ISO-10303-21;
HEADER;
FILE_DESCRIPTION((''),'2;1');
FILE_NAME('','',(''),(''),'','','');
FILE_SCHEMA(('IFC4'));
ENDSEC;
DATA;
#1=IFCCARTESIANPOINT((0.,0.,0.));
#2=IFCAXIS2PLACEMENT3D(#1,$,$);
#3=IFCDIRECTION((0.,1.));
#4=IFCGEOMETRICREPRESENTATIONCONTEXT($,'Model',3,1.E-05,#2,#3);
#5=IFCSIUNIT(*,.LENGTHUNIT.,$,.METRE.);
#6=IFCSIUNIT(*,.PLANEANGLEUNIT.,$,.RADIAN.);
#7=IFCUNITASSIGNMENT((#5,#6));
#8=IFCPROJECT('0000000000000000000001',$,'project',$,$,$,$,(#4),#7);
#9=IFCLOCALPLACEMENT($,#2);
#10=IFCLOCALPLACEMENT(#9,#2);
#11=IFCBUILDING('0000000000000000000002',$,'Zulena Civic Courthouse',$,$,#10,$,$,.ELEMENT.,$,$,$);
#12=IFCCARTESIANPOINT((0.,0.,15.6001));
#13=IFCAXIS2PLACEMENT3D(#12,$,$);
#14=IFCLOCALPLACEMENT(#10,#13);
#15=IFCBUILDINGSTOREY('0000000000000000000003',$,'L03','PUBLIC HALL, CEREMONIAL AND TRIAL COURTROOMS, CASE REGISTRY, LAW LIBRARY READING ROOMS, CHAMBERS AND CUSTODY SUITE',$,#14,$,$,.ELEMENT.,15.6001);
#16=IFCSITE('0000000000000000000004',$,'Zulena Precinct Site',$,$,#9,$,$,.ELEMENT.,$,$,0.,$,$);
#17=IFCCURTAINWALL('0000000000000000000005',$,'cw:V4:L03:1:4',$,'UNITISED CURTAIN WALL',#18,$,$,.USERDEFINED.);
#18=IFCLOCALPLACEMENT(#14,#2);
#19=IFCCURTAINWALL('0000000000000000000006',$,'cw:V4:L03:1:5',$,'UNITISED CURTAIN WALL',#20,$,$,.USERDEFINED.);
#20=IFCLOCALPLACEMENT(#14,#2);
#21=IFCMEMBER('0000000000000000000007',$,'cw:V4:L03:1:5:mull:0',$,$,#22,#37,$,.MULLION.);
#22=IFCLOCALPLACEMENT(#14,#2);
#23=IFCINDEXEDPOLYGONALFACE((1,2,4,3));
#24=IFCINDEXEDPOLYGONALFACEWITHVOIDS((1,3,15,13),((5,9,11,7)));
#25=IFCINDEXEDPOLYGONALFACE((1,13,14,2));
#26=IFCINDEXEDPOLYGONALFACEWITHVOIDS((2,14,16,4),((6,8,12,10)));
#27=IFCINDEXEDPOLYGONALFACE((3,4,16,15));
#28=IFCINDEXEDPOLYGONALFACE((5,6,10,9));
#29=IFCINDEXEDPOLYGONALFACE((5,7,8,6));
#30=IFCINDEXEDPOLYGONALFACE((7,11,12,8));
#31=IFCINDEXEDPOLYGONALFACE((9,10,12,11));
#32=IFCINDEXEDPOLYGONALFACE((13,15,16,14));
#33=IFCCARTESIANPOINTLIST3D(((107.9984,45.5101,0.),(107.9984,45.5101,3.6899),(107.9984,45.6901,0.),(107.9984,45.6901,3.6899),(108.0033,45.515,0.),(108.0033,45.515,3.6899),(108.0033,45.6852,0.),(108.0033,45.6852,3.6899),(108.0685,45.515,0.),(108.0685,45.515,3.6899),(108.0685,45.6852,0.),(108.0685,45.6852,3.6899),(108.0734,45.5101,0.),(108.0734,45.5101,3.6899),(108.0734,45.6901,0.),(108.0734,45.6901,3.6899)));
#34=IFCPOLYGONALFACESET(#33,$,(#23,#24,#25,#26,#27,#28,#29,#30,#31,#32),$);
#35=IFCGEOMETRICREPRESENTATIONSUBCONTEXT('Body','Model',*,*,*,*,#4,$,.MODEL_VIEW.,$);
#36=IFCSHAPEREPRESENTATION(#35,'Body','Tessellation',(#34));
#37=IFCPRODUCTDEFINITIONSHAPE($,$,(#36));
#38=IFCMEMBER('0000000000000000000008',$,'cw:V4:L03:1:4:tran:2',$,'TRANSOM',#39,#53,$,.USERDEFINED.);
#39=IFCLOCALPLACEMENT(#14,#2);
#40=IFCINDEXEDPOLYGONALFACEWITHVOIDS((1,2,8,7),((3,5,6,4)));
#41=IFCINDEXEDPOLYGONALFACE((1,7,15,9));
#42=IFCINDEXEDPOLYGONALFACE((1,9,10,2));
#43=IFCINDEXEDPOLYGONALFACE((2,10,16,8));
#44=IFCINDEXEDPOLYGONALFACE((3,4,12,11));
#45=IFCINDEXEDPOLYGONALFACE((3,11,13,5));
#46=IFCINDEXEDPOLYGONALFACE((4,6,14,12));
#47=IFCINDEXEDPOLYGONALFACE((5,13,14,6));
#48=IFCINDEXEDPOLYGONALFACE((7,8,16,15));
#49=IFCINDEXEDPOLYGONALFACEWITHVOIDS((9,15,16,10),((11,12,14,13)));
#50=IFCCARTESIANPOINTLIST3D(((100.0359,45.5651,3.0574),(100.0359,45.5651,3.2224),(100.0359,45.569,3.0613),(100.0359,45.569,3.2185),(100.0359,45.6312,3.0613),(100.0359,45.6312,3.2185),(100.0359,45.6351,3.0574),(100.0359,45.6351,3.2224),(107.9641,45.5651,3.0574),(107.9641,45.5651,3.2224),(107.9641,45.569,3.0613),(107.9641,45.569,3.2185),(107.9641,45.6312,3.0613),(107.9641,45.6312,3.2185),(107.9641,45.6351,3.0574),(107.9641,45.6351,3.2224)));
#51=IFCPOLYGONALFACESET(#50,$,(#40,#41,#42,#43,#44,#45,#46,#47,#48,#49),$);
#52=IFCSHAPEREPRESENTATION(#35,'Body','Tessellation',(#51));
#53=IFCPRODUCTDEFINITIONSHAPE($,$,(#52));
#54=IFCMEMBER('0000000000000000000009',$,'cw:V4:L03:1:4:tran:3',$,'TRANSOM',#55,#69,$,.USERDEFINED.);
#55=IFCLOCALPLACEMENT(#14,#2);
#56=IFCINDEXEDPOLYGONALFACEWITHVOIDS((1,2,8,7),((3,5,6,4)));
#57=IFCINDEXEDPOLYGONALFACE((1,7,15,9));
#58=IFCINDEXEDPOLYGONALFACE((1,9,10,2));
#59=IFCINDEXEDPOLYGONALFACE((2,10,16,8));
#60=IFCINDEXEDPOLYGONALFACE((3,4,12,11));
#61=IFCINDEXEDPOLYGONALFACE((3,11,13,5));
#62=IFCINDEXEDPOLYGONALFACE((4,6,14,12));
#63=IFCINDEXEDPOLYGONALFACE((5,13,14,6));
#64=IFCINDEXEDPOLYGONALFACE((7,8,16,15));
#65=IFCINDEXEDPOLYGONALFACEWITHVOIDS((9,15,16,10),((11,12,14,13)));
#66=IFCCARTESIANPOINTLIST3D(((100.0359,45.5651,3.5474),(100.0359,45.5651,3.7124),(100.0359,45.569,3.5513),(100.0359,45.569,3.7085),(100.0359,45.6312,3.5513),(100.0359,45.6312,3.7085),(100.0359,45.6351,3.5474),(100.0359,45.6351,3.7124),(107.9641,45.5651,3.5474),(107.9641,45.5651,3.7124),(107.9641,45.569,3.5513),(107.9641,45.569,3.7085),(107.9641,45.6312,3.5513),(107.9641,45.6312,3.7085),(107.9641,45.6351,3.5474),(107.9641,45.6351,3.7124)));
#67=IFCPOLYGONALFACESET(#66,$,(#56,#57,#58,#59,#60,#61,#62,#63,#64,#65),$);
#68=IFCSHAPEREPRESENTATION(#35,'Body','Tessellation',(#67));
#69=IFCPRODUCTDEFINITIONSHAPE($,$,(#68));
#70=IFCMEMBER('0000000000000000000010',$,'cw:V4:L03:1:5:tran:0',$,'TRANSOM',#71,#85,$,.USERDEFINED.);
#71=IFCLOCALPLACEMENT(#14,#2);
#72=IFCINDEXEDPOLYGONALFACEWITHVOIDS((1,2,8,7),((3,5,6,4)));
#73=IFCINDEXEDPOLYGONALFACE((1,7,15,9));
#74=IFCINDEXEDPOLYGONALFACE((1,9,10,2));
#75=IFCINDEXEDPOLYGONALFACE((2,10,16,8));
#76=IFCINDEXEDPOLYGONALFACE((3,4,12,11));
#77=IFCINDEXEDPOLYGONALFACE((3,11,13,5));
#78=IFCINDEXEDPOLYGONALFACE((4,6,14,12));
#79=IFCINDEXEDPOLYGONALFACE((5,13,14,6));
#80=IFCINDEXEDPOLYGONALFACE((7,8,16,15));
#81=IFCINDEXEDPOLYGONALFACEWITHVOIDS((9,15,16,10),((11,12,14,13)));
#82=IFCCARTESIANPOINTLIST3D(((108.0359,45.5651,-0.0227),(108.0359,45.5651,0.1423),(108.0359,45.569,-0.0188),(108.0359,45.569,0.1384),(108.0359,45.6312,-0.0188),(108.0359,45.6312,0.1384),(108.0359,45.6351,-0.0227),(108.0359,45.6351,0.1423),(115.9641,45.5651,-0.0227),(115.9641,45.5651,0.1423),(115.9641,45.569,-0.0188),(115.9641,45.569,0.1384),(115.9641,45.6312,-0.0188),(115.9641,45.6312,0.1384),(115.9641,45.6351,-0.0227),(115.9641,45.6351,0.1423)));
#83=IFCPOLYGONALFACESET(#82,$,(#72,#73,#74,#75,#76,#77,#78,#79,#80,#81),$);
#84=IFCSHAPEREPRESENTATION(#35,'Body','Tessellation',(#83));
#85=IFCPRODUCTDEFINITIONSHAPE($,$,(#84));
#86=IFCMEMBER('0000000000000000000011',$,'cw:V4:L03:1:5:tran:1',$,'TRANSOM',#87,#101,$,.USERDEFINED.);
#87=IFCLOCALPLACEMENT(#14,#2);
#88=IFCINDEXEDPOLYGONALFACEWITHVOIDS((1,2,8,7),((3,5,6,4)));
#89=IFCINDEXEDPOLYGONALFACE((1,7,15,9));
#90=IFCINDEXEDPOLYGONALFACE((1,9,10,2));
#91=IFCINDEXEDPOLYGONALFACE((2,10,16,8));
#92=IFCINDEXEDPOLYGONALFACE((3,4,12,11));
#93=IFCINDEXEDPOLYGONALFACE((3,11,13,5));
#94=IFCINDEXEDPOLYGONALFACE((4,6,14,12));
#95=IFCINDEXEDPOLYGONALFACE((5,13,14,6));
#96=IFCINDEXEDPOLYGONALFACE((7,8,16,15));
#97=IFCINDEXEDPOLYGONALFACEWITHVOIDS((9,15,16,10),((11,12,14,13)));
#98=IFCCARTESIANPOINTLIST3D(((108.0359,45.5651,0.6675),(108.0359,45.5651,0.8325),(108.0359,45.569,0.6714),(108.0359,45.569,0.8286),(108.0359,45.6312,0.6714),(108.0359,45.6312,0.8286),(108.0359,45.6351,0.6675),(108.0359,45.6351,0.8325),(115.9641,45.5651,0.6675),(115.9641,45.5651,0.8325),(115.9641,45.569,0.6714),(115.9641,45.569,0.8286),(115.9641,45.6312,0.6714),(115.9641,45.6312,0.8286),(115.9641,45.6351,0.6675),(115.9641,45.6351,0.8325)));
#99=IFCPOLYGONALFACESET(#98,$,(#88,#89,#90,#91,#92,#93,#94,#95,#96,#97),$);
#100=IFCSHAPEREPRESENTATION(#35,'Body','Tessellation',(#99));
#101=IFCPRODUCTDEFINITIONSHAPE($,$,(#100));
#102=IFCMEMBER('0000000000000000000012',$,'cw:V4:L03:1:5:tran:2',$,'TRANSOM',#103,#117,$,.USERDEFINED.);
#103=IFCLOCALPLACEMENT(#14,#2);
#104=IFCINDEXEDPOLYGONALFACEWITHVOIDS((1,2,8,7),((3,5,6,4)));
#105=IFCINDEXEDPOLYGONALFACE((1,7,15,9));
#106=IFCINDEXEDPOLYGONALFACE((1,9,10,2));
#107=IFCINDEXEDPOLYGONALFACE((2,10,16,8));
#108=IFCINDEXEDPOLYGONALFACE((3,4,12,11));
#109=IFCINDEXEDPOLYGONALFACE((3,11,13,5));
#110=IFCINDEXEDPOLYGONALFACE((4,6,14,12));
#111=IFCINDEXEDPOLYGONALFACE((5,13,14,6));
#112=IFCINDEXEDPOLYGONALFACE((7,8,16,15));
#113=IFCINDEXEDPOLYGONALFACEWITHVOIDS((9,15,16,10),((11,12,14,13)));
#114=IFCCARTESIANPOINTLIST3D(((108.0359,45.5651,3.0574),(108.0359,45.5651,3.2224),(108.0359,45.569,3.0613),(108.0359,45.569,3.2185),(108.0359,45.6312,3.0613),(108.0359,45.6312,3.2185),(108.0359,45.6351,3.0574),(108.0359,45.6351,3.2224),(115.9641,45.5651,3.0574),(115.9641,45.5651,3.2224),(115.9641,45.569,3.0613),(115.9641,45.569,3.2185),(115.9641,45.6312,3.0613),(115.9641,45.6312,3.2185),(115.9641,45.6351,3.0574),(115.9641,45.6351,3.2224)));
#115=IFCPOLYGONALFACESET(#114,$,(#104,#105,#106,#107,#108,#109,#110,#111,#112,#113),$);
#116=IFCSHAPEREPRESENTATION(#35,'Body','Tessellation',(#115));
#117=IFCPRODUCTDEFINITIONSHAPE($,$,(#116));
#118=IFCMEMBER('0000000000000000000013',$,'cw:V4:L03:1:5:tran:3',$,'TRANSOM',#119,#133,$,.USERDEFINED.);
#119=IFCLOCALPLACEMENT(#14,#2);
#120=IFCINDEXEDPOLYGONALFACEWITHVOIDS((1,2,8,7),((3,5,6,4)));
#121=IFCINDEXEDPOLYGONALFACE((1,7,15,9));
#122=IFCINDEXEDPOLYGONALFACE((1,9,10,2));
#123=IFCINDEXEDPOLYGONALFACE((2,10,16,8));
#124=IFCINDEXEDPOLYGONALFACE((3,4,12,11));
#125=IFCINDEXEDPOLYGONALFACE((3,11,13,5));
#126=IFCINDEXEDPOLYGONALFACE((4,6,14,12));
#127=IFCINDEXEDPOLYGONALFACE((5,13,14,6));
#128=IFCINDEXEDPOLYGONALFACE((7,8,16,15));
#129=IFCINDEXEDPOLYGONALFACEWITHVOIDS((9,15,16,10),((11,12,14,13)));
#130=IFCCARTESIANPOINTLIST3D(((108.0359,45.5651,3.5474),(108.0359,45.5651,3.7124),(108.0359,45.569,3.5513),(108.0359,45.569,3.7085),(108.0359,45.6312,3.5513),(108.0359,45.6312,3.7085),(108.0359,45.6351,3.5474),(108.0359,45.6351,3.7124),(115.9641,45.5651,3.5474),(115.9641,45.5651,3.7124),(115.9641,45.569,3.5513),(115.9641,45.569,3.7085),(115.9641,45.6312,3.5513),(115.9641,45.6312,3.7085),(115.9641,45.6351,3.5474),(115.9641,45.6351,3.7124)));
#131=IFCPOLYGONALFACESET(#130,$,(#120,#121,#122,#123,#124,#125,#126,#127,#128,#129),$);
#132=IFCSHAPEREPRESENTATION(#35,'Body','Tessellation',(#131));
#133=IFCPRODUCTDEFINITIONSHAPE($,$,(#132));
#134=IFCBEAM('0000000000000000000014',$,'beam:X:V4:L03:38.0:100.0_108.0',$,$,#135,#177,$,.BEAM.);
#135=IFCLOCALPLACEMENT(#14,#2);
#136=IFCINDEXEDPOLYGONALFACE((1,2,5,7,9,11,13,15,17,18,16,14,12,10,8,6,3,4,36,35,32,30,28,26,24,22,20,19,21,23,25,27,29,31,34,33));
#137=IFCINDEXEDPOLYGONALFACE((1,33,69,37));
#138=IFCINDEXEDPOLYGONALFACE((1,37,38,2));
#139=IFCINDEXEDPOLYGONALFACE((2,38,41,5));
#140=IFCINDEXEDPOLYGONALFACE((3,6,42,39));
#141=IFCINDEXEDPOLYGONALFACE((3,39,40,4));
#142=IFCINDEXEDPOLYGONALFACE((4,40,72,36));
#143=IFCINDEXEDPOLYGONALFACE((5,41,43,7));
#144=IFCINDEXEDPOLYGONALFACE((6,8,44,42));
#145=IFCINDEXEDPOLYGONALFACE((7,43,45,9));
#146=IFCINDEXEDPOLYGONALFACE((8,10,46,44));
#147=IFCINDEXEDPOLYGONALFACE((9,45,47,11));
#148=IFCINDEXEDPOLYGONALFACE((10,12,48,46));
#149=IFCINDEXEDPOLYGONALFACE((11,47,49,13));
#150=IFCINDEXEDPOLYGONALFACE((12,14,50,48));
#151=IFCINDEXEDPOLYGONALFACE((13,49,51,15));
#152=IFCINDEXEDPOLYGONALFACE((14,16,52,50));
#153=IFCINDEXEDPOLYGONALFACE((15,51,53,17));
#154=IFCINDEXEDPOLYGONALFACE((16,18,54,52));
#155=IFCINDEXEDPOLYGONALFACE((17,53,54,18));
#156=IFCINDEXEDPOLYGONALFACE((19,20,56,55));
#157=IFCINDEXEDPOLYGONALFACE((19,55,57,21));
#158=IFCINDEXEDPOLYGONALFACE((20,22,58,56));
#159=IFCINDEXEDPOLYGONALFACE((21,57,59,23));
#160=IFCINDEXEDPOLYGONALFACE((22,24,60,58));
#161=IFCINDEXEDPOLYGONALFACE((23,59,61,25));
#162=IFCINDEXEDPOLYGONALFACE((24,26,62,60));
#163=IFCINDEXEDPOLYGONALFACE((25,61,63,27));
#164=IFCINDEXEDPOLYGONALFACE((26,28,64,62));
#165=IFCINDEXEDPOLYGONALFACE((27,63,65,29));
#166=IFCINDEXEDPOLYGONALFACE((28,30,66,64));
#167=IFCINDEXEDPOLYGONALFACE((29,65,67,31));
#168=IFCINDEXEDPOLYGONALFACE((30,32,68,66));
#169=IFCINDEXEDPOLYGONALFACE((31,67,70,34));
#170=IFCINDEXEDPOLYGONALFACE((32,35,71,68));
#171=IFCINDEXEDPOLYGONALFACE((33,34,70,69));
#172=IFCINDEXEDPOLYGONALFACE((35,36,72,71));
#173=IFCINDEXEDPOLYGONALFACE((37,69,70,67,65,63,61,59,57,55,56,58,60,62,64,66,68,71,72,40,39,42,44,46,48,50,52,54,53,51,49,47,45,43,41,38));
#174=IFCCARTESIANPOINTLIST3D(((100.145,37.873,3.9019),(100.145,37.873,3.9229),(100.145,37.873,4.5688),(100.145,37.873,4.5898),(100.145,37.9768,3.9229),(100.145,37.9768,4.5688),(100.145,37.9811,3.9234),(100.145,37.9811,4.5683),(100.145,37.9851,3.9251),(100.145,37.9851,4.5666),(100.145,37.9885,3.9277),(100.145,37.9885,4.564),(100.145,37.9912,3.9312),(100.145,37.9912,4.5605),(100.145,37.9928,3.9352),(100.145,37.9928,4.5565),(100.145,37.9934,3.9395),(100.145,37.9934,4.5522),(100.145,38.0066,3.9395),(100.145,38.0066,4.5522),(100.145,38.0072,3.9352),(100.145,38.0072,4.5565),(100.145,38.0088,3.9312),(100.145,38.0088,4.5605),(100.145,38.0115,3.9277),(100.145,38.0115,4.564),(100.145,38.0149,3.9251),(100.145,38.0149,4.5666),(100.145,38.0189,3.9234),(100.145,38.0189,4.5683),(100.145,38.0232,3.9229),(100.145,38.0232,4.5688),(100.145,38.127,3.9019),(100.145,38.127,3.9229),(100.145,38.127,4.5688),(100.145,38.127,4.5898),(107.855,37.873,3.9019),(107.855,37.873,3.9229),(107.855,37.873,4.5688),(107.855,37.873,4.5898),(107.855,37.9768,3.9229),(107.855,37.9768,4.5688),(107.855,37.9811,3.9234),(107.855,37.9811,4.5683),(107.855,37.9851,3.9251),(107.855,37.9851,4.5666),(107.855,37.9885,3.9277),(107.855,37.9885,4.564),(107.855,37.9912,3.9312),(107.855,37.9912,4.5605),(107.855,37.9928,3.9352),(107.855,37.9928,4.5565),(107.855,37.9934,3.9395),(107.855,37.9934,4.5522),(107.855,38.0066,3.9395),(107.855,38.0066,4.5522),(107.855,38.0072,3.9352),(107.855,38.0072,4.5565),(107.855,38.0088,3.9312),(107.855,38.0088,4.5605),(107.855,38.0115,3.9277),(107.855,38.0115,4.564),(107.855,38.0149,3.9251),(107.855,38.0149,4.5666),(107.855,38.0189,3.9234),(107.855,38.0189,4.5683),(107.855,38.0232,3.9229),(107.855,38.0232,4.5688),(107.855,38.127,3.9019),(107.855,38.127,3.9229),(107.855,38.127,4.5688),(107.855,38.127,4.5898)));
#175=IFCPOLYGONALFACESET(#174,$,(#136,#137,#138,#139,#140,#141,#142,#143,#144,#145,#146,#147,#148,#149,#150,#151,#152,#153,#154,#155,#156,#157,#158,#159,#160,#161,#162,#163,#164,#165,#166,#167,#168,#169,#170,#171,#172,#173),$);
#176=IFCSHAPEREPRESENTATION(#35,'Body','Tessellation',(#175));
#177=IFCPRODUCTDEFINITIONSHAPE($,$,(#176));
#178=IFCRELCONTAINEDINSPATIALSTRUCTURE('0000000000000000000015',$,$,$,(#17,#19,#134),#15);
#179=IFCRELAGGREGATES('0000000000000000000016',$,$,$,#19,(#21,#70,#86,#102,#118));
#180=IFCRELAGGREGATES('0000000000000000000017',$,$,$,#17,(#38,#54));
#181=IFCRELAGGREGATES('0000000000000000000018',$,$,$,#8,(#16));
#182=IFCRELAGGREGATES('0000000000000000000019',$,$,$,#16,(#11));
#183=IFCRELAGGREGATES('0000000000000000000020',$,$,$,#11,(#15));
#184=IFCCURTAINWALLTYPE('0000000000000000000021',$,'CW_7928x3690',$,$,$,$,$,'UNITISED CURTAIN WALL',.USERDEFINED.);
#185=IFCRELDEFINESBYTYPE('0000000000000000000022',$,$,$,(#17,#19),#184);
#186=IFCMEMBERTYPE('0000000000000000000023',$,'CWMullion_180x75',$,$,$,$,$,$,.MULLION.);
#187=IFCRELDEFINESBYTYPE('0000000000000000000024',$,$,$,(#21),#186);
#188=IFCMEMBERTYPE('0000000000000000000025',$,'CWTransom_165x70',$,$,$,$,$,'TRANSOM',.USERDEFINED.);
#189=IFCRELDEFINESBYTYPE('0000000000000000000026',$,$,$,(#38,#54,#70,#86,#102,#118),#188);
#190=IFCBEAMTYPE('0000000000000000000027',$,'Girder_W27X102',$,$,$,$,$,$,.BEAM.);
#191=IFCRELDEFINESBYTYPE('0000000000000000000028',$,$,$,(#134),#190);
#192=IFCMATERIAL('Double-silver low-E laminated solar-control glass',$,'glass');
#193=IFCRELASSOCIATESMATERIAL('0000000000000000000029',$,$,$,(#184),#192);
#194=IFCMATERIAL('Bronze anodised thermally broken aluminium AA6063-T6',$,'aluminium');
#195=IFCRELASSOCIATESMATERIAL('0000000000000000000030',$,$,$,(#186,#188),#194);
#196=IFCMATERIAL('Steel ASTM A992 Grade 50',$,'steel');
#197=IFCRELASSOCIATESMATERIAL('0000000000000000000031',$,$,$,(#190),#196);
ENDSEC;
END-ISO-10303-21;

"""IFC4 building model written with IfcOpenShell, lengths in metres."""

from ifc_helpers import new_model, si_unit, direction, frame, origin, origin_2d, place, context, subcontext, project, spatial, hollow_rectangle, i_section, extrude, material, material_profile, profile_set, type_object, element, aggregate, save


model = new_model("IFC4")

# Units and contexts
model_context = context("Model", 3, precision=1e-05, world=origin(), true_north=direction((0.0, 1.0)))
body_context = subcontext(model_context, "Body", "Model", "MODEL_VIEW")
ifc_project = project(units=[si_unit("LENGTHUNIT", "METRE"), si_unit("PLANEANGLEUNIT", "RADIAN")], contexts=[model_context])

# Site, building, storey
site_placement = place(None, origin())
site = spatial("IfcSite", under=ifc_project, at=site_placement, Name="Zulena Precinct Site", CompositionType="ELEMENT", RefElevation=0.0)
building_placement = place(site_placement, origin())
building = spatial("IfcBuilding", under=site, at=building_placement, Name="Zulena Civic Courthouse", CompositionType="ELEMENT")
storey_placement = place(building_placement, frame((0.0, 0.0, 15.6001)))
storey = spatial("IfcBuildingStorey", under=building, at=storey_placement, Name="L03", Description="PUBLIC HALL, CEREMONIAL AND TRIAL COURTROOMS, CASE REGISTRY, LAW LIBRARY READING ROOMS, CHAMBERS AND CUSTODY SUITE", CompositionType="ELEMENT", Elevation=15.6001)

# Shared definitions
ifc_material_1 = material(Name="Steel ASTM A992 Grade 50", Category="steel")

# Curtain wall
ifc_material_2 = material(Name="Double-silver low-E laminated solar-control glass", Category="glass")
curtain_wall_type = type_object("IfcCurtainWallType", Name="CW_7928x3690", ElementType="UNITISED CURTAIN WALL", PredefinedType="USERDEFINED", material=ifc_material_2)
curtain_wall_1_placement = place(storey_placement, origin())
curtain_wall_1 = element("IfcCurtainWall", 1, at=curtain_wall_1_placement, inside=storey, type_object=curtain_wall_type, Name="cw:V4:L03:1:4", ObjectType="UNITISED CURTAIN WALL", PredefinedType="USERDEFINED")
ifc_material_3 = material(Name="Bronze anodised thermally broken aluminium AA6063-T6", Category="aluminium")
ifc_material_profile_1 = material_profile(ifc_material_3, hollow_rectangle(XDim=0.075, YDim=0.1799, WallThickness=0.0049, at=origin_2d()), Name="CWM180X75X5")
ifc_profile_set_1 = profile_set([ifc_material_profile_1], Name="Bronze anodised thermally broken aluminium AA6063-T6")
member_type_1 = type_object("IfcMemberType", Name="CWMullion_180x75", PredefinedType="MULLION", material=ifc_profile_set_1)

# Curtain wall, member
curtain_wall_2_placement = place(storey_placement, origin())
curtain_wall_2 = element("IfcCurtainWall", 2, at=curtain_wall_2_placement, inside=storey, type_object=curtain_wall_type, Name="cw:V4:L03:1:5", ObjectType="UNITISED CURTAIN WALL", PredefinedType="USERDEFINED")
member_1_placement = place(storey_placement, frame((108.0359, 45.6001, 0.0), z_axis=(0.0, 0.0, 1.0), x_axis=(1.0, 0.0, 0.0)))
member_1 = element("IfcMember", 3, at=member_1_placement, type_object=member_type_1, Name="cw:V4:L03:1:5:mull:0", PredefinedType="MULLION", context=body_context, shape_type="SweptSolid", body=[
    extrude(hollow_rectangle(XDim=0.075, YDim=0.1799, WallThickness=0.0049, at=origin_2d()), origin(), (0.0, 0.0, 1.0), 3.6899),
])

# Members
ifc_material_profile_2 = material_profile(ifc_material_3, hollow_rectangle(XDim=0.0701, YDim=0.165, WallThickness=0.0039, at=origin_2d()), Name="CWT165X70X4")
ifc_profile_set_2 = profile_set([ifc_material_profile_2], Name="Bronze anodised thermally broken aluminium AA6063-T6")
member_type_2 = type_object("IfcMemberType", Name="CWTransom_165x70", ElementType="TRANSOM", PredefinedType="USERDEFINED", material=ifc_profile_set_2)
member_2_placement = place(storey_placement, frame((100.0359, 45.6001, 3.1399), z_axis=(1.0, 0.0, 0.0), x_axis=(0.0, 1.0, 0.0)))
member_2 = element("IfcMember", 4, at=member_2_placement, type_object=member_type_2, Name="cw:V4:L03:1:4:tran:2", ObjectType="TRANSOM", PredefinedType="USERDEFINED", context=body_context, shape_type="SweptSolid", body=[
    extrude(hollow_rectangle(XDim=0.0701, YDim=0.165, WallThickness=0.0039, at=origin_2d()), origin(), (0.0, 0.0, 1.0), 7.9282),
])
member_3_placement = place(storey_placement, frame((100.0359, 45.6001, 3.6299), z_axis=(1.0, 0.0, 0.0), x_axis=(0.0, 1.0, 0.0)))
member_3 = element("IfcMember", 5, at=member_3_placement, type_object=member_type_2, Name="cw:V4:L03:1:4:tran:3", ObjectType="TRANSOM", PredefinedType="USERDEFINED", context=body_context, shape_type="SweptSolid", body=[
    extrude(hollow_rectangle(XDim=0.0701, YDim=0.165, WallThickness=0.0039, at=origin_2d()), origin(), (0.0, 0.0, 1.0), 7.9282),
])
member_4_placement = place(storey_placement, frame((108.0359, 45.6001, 0.0598), z_axis=(1.0, 0.0, 0.0), x_axis=(0.0, 1.0, 0.0)))
member_4 = element("IfcMember", 6, at=member_4_placement, type_object=member_type_2, Name="cw:V4:L03:1:5:tran:0", ObjectType="TRANSOM", PredefinedType="USERDEFINED", context=body_context, shape_type="SweptSolid", body=[
    extrude(hollow_rectangle(XDim=0.0701, YDim=0.165, WallThickness=0.0039, at=origin_2d()), origin(), (0.0, 0.0, 1.0), 7.9282),
])
member_5_placement = place(storey_placement, frame((108.0359, 45.6001, 0.75), z_axis=(1.0, 0.0, 0.0), x_axis=(0.0, 1.0, 0.0)))
member_5 = element("IfcMember", 7, at=member_5_placement, type_object=member_type_2, Name="cw:V4:L03:1:5:tran:1", ObjectType="TRANSOM", PredefinedType="USERDEFINED", context=body_context, shape_type="SweptSolid", body=[
    extrude(hollow_rectangle(XDim=0.0701, YDim=0.165, WallThickness=0.0039, at=origin_2d()), origin(), (0.0, 0.0, 1.0), 7.9282),
])
member_6_placement = place(storey_placement, frame((108.0359, 45.6001, 3.1399), z_axis=(1.0, 0.0, 0.0), x_axis=(0.0, 1.0, 0.0)))
member_6 = element("IfcMember", 8, at=member_6_placement, type_object=member_type_2, Name="cw:V4:L03:1:5:tran:2", ObjectType="TRANSOM", PredefinedType="USERDEFINED", context=body_context, shape_type="SweptSolid", body=[
    extrude(hollow_rectangle(XDim=0.0701, YDim=0.165, WallThickness=0.0039, at=origin_2d()), origin(), (0.0, 0.0, 1.0), 7.9282),
])
member_7_placement = place(storey_placement, frame((108.0359, 45.6001, 3.6299), z_axis=(1.0, 0.0, 0.0), x_axis=(0.0, 1.0, 0.0)))
member_7 = element("IfcMember", 9, at=member_7_placement, type_object=member_type_2, Name="cw:V4:L03:1:5:tran:3", ObjectType="TRANSOM", PredefinedType="USERDEFINED", context=body_context, shape_type="SweptSolid", body=[
    extrude(hollow_rectangle(XDim=0.0701, YDim=0.165, WallThickness=0.0039, at=origin_2d()), origin(), (0.0, 0.0, 1.0), 7.9282),
])
aggregate(curtain_wall_2, [member_1, member_4, member_5, member_6, member_7])

# Beam
ifc_material_profile_3 = material_profile(ifc_material_1, i_section(OverallWidth=0.2539, OverallDepth=0.688, WebThickness=0.0132, FlangeThickness=0.021, FilletRadius=0.0166, at=origin_2d()), Name="W27X102")
ifc_profile_set_3 = profile_set([ifc_material_profile_3], Name="Steel ASTM A992 Grade 50")
beam_type_1 = type_object("IfcBeamType", Name="Girder_W27X102", PredefinedType="BEAM", material=ifc_profile_set_3)
for number, where, z_axis, x_axis, name in (
    (10, (100.145, 38.0, 4.2458), (1.0, 0.0, 0.0), (0.0, 1.0, 0.0), "beam:X:V4:L03:38.0:100.0_108.0"),
):
    element("IfcBeam", number, at=place(storey_placement, frame(where, z_axis=z_axis, x_axis=x_axis)), inside=storey, type_object=beam_type_1, Name=name, PredefinedType="BEAM", context=body_context, shape_type="SweptSolid", body=[
        extrude(i_section(OverallWidth=0.2539, OverallDepth=0.688, WebThickness=0.0132, FlangeThickness=0.021, FilletRadius=0.0166, at=origin_2d()), origin(), (0.0, 0.0, 1.0), 7.71),
    ])

aggregate(curtain_wall_1, [member_2, member_3])

save(model, "model.ifc")
